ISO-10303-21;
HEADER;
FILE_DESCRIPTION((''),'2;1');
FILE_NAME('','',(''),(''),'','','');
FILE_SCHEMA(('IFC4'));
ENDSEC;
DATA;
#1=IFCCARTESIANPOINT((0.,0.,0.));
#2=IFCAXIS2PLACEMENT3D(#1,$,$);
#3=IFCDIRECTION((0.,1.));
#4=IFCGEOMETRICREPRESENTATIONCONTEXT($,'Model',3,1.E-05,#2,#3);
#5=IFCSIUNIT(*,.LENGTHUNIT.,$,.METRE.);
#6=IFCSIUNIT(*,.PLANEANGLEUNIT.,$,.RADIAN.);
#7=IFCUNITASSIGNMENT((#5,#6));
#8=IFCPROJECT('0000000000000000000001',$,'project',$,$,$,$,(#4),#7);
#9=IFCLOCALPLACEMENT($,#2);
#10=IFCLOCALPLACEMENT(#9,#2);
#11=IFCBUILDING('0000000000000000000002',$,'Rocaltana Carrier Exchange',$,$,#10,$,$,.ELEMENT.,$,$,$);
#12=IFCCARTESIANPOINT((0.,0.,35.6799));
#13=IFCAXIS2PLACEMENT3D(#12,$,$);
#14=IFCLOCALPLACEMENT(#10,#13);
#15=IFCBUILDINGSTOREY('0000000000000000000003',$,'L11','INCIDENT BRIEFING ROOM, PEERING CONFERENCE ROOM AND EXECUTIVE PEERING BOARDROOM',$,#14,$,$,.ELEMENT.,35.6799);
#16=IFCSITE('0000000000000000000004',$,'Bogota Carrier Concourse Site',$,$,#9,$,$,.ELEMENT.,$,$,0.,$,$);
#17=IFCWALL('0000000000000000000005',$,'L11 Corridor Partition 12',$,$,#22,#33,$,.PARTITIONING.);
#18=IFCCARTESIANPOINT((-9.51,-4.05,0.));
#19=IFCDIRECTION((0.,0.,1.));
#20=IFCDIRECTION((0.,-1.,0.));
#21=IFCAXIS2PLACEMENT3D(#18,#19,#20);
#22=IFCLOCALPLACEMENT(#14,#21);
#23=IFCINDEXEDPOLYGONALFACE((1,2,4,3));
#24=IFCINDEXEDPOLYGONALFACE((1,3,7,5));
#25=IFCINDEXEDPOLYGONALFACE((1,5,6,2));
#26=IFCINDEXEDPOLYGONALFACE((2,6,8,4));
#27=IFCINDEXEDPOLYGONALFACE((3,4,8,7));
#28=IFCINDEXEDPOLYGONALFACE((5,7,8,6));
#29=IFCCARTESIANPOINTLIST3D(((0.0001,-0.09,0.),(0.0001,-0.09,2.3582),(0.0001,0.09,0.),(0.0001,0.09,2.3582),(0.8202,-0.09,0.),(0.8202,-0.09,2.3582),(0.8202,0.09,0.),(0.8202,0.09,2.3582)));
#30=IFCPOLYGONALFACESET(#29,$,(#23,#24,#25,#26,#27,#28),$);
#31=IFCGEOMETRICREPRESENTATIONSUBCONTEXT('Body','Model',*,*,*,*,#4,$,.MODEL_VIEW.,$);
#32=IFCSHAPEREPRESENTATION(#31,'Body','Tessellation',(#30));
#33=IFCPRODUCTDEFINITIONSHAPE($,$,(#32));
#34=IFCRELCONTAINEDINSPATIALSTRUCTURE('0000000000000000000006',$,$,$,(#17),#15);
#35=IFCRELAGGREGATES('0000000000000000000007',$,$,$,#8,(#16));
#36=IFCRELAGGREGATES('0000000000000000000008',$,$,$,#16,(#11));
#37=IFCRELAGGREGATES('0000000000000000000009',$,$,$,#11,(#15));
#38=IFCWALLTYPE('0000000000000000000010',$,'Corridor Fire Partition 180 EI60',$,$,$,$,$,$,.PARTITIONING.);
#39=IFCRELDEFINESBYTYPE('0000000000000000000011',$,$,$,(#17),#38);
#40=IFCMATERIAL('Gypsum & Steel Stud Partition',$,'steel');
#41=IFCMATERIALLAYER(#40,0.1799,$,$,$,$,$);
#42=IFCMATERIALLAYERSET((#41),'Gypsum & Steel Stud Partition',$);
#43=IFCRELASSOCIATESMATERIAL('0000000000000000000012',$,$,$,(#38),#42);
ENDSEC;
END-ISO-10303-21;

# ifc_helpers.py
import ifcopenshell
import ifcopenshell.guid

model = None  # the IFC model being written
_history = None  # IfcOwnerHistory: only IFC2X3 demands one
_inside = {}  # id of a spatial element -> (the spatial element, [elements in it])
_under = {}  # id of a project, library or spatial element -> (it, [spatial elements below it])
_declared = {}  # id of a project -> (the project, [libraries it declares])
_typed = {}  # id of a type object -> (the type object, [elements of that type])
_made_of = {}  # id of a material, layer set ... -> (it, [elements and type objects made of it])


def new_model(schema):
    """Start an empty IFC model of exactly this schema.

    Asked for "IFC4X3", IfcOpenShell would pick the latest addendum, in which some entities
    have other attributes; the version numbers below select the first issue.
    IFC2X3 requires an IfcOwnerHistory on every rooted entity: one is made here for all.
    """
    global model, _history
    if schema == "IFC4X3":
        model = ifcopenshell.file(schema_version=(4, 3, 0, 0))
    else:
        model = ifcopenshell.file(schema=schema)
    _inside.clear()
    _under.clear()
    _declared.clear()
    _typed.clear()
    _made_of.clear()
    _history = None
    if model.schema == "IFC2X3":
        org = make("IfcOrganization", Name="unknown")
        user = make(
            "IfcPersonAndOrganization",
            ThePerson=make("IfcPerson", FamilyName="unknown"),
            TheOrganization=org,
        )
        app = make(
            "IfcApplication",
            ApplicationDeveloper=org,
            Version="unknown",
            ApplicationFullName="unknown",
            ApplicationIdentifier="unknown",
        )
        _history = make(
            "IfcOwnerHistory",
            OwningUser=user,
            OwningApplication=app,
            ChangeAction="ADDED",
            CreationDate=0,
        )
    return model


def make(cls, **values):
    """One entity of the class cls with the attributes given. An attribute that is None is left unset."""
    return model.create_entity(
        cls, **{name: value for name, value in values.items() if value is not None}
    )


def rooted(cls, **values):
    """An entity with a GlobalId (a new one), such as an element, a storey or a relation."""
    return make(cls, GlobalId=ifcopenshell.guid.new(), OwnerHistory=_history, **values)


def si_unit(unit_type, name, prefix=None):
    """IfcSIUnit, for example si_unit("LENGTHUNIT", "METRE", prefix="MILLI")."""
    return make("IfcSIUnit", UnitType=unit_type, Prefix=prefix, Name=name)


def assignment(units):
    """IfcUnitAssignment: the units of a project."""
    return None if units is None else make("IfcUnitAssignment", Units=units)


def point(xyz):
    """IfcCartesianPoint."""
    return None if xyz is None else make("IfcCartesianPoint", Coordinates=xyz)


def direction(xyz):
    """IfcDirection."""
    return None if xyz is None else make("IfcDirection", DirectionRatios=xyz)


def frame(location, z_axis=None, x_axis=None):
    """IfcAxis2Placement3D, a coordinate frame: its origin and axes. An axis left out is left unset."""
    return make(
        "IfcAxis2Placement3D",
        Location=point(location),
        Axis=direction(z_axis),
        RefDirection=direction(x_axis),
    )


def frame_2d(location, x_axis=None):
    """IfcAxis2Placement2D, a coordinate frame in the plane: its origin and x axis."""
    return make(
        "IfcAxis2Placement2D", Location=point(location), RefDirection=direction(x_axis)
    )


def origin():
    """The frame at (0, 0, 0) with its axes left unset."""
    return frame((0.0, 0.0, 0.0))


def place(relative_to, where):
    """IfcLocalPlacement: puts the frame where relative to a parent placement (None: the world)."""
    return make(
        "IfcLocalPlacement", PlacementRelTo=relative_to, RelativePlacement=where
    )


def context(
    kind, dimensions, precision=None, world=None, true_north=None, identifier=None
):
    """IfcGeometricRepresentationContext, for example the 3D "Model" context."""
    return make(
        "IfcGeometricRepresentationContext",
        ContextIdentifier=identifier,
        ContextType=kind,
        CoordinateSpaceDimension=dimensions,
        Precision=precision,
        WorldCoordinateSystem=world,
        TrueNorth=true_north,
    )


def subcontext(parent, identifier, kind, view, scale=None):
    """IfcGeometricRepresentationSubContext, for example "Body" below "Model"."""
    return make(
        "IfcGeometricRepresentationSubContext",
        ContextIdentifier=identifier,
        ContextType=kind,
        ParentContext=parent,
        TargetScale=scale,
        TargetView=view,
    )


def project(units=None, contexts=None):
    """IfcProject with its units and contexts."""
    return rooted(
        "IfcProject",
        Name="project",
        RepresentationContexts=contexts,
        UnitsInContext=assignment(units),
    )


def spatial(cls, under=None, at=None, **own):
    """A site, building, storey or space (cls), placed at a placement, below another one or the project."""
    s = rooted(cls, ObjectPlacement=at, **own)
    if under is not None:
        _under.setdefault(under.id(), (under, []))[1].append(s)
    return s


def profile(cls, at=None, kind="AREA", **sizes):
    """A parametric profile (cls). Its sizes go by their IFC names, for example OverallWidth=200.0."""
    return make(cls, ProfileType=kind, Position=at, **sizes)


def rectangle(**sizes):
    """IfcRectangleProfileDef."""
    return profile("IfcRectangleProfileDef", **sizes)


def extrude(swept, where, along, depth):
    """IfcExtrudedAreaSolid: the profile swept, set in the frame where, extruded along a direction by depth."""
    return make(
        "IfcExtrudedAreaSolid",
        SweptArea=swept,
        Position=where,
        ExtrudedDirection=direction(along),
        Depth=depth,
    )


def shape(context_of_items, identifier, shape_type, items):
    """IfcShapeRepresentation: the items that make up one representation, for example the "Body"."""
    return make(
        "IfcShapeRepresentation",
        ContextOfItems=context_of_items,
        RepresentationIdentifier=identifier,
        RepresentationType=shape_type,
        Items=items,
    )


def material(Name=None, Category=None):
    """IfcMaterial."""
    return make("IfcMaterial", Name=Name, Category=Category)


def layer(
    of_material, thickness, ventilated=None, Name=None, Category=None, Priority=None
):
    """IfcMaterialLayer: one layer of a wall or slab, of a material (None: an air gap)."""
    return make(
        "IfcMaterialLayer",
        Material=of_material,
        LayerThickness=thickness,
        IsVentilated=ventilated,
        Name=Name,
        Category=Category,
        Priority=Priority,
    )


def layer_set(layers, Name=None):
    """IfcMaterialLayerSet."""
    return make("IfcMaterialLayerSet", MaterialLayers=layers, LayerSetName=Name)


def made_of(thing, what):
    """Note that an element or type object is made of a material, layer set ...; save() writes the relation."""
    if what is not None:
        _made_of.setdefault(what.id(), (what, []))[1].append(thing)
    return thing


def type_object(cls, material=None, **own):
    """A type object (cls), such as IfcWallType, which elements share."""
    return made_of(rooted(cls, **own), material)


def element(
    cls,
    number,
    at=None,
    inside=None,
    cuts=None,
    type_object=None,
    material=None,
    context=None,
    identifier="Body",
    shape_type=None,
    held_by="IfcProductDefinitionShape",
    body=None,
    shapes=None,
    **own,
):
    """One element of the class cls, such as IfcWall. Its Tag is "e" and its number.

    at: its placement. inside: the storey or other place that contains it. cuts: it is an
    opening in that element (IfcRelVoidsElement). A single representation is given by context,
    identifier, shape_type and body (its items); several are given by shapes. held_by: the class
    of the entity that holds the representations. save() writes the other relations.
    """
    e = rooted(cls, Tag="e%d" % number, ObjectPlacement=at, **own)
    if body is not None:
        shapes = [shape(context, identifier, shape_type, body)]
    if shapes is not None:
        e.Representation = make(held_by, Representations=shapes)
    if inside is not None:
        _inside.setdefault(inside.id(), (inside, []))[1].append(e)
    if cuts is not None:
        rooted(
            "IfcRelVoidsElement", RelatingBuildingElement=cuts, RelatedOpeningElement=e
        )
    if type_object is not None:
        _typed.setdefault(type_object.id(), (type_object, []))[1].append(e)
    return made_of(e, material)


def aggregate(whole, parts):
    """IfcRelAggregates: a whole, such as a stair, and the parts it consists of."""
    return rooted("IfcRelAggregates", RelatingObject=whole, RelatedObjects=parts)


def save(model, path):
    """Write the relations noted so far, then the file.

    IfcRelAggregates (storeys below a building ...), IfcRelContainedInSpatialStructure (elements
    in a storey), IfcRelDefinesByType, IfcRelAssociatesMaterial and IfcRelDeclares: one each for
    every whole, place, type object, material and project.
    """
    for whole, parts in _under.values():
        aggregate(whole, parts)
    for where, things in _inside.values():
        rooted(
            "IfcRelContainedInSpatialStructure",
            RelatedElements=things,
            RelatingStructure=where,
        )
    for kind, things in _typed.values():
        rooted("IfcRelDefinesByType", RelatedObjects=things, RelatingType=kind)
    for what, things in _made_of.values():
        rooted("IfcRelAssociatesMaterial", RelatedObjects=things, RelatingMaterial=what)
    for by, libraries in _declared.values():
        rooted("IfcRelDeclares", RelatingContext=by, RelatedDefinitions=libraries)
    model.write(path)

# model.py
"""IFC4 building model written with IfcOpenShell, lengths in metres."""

from ifc_helpers import new_model, si_unit, direction, frame, frame_2d, origin, place, context, subcontext, project, spatial, rectangle, extrude, material, layer, layer_set, type_object, element, save


model = new_model("IFC4")

# Units and contexts
model_context = context("Model", 3, precision=1e-05, world=origin(), true_north=direction((0.0, 1.0)))
body_context = subcontext(model_context, "Body", "Model", "MODEL_VIEW")
ifc_project = project(units=[si_unit("LENGTHUNIT", "METRE"), si_unit("PLANEANGLEUNIT", "RADIAN")], contexts=[model_context])

# Site, building, storey
site_placement = place(None, origin())
site = spatial("IfcSite", under=ifc_project, at=site_placement, Name="Bogota Carrier Concourse Site", CompositionType="ELEMENT", RefElevation=0.0)
building_placement = place(site_placement, origin())
building = spatial("IfcBuilding", under=site, at=building_placement, Name="Rocaltana Carrier Exchange", CompositionType="ELEMENT")
storey_placement = place(building_placement, frame((0.0, 0.0, 35.6799)))
storey = spatial("IfcBuildingStorey", under=building, at=storey_placement, Name="L11", Description="INCIDENT BRIEFING ROOM, PEERING CONFERENCE ROOM AND EXECUTIVE PEERING BOARDROOM", CompositionType="ELEMENT", Elevation=35.6799)

# Shared definitions
ifc_material_1 = material(Name="Gypsum & Steel Stud Partition", Category="steel")
ifc_layer_1 = layer(ifc_material_1, 0.1799)
ifc_layer_set_1 = layer_set([ifc_layer_1], Name="Gypsum & Steel Stud Partition")
wall_type_1 = type_object("IfcWallType", Name="Corridor Fire Partition 180 EI60", PredefinedType="PARTITIONING", material=ifc_layer_set_1)

# Wall
wall_1_placement = place(storey_placement, frame((-9.51, -4.05, 0.0), z_axis=(0.0, 0.0, 1.0), x_axis=(0.0, -1.0, 0.0)))
element("IfcWall", 1, at=wall_1_placement, inside=storey, type_object=wall_type_1, Name="L11 Corridor Partition 12", PredefinedType="PARTITIONING", context=body_context, shape_type="SweptSolid", body=[
    extrude(rectangle(XDim=0.8201, YDim=0.1799, at=frame_2d((0.4102, 0.0))), origin(), (0.0, 0.0, 1.0), 2.3582),
])

save(model, "model.ifc")
